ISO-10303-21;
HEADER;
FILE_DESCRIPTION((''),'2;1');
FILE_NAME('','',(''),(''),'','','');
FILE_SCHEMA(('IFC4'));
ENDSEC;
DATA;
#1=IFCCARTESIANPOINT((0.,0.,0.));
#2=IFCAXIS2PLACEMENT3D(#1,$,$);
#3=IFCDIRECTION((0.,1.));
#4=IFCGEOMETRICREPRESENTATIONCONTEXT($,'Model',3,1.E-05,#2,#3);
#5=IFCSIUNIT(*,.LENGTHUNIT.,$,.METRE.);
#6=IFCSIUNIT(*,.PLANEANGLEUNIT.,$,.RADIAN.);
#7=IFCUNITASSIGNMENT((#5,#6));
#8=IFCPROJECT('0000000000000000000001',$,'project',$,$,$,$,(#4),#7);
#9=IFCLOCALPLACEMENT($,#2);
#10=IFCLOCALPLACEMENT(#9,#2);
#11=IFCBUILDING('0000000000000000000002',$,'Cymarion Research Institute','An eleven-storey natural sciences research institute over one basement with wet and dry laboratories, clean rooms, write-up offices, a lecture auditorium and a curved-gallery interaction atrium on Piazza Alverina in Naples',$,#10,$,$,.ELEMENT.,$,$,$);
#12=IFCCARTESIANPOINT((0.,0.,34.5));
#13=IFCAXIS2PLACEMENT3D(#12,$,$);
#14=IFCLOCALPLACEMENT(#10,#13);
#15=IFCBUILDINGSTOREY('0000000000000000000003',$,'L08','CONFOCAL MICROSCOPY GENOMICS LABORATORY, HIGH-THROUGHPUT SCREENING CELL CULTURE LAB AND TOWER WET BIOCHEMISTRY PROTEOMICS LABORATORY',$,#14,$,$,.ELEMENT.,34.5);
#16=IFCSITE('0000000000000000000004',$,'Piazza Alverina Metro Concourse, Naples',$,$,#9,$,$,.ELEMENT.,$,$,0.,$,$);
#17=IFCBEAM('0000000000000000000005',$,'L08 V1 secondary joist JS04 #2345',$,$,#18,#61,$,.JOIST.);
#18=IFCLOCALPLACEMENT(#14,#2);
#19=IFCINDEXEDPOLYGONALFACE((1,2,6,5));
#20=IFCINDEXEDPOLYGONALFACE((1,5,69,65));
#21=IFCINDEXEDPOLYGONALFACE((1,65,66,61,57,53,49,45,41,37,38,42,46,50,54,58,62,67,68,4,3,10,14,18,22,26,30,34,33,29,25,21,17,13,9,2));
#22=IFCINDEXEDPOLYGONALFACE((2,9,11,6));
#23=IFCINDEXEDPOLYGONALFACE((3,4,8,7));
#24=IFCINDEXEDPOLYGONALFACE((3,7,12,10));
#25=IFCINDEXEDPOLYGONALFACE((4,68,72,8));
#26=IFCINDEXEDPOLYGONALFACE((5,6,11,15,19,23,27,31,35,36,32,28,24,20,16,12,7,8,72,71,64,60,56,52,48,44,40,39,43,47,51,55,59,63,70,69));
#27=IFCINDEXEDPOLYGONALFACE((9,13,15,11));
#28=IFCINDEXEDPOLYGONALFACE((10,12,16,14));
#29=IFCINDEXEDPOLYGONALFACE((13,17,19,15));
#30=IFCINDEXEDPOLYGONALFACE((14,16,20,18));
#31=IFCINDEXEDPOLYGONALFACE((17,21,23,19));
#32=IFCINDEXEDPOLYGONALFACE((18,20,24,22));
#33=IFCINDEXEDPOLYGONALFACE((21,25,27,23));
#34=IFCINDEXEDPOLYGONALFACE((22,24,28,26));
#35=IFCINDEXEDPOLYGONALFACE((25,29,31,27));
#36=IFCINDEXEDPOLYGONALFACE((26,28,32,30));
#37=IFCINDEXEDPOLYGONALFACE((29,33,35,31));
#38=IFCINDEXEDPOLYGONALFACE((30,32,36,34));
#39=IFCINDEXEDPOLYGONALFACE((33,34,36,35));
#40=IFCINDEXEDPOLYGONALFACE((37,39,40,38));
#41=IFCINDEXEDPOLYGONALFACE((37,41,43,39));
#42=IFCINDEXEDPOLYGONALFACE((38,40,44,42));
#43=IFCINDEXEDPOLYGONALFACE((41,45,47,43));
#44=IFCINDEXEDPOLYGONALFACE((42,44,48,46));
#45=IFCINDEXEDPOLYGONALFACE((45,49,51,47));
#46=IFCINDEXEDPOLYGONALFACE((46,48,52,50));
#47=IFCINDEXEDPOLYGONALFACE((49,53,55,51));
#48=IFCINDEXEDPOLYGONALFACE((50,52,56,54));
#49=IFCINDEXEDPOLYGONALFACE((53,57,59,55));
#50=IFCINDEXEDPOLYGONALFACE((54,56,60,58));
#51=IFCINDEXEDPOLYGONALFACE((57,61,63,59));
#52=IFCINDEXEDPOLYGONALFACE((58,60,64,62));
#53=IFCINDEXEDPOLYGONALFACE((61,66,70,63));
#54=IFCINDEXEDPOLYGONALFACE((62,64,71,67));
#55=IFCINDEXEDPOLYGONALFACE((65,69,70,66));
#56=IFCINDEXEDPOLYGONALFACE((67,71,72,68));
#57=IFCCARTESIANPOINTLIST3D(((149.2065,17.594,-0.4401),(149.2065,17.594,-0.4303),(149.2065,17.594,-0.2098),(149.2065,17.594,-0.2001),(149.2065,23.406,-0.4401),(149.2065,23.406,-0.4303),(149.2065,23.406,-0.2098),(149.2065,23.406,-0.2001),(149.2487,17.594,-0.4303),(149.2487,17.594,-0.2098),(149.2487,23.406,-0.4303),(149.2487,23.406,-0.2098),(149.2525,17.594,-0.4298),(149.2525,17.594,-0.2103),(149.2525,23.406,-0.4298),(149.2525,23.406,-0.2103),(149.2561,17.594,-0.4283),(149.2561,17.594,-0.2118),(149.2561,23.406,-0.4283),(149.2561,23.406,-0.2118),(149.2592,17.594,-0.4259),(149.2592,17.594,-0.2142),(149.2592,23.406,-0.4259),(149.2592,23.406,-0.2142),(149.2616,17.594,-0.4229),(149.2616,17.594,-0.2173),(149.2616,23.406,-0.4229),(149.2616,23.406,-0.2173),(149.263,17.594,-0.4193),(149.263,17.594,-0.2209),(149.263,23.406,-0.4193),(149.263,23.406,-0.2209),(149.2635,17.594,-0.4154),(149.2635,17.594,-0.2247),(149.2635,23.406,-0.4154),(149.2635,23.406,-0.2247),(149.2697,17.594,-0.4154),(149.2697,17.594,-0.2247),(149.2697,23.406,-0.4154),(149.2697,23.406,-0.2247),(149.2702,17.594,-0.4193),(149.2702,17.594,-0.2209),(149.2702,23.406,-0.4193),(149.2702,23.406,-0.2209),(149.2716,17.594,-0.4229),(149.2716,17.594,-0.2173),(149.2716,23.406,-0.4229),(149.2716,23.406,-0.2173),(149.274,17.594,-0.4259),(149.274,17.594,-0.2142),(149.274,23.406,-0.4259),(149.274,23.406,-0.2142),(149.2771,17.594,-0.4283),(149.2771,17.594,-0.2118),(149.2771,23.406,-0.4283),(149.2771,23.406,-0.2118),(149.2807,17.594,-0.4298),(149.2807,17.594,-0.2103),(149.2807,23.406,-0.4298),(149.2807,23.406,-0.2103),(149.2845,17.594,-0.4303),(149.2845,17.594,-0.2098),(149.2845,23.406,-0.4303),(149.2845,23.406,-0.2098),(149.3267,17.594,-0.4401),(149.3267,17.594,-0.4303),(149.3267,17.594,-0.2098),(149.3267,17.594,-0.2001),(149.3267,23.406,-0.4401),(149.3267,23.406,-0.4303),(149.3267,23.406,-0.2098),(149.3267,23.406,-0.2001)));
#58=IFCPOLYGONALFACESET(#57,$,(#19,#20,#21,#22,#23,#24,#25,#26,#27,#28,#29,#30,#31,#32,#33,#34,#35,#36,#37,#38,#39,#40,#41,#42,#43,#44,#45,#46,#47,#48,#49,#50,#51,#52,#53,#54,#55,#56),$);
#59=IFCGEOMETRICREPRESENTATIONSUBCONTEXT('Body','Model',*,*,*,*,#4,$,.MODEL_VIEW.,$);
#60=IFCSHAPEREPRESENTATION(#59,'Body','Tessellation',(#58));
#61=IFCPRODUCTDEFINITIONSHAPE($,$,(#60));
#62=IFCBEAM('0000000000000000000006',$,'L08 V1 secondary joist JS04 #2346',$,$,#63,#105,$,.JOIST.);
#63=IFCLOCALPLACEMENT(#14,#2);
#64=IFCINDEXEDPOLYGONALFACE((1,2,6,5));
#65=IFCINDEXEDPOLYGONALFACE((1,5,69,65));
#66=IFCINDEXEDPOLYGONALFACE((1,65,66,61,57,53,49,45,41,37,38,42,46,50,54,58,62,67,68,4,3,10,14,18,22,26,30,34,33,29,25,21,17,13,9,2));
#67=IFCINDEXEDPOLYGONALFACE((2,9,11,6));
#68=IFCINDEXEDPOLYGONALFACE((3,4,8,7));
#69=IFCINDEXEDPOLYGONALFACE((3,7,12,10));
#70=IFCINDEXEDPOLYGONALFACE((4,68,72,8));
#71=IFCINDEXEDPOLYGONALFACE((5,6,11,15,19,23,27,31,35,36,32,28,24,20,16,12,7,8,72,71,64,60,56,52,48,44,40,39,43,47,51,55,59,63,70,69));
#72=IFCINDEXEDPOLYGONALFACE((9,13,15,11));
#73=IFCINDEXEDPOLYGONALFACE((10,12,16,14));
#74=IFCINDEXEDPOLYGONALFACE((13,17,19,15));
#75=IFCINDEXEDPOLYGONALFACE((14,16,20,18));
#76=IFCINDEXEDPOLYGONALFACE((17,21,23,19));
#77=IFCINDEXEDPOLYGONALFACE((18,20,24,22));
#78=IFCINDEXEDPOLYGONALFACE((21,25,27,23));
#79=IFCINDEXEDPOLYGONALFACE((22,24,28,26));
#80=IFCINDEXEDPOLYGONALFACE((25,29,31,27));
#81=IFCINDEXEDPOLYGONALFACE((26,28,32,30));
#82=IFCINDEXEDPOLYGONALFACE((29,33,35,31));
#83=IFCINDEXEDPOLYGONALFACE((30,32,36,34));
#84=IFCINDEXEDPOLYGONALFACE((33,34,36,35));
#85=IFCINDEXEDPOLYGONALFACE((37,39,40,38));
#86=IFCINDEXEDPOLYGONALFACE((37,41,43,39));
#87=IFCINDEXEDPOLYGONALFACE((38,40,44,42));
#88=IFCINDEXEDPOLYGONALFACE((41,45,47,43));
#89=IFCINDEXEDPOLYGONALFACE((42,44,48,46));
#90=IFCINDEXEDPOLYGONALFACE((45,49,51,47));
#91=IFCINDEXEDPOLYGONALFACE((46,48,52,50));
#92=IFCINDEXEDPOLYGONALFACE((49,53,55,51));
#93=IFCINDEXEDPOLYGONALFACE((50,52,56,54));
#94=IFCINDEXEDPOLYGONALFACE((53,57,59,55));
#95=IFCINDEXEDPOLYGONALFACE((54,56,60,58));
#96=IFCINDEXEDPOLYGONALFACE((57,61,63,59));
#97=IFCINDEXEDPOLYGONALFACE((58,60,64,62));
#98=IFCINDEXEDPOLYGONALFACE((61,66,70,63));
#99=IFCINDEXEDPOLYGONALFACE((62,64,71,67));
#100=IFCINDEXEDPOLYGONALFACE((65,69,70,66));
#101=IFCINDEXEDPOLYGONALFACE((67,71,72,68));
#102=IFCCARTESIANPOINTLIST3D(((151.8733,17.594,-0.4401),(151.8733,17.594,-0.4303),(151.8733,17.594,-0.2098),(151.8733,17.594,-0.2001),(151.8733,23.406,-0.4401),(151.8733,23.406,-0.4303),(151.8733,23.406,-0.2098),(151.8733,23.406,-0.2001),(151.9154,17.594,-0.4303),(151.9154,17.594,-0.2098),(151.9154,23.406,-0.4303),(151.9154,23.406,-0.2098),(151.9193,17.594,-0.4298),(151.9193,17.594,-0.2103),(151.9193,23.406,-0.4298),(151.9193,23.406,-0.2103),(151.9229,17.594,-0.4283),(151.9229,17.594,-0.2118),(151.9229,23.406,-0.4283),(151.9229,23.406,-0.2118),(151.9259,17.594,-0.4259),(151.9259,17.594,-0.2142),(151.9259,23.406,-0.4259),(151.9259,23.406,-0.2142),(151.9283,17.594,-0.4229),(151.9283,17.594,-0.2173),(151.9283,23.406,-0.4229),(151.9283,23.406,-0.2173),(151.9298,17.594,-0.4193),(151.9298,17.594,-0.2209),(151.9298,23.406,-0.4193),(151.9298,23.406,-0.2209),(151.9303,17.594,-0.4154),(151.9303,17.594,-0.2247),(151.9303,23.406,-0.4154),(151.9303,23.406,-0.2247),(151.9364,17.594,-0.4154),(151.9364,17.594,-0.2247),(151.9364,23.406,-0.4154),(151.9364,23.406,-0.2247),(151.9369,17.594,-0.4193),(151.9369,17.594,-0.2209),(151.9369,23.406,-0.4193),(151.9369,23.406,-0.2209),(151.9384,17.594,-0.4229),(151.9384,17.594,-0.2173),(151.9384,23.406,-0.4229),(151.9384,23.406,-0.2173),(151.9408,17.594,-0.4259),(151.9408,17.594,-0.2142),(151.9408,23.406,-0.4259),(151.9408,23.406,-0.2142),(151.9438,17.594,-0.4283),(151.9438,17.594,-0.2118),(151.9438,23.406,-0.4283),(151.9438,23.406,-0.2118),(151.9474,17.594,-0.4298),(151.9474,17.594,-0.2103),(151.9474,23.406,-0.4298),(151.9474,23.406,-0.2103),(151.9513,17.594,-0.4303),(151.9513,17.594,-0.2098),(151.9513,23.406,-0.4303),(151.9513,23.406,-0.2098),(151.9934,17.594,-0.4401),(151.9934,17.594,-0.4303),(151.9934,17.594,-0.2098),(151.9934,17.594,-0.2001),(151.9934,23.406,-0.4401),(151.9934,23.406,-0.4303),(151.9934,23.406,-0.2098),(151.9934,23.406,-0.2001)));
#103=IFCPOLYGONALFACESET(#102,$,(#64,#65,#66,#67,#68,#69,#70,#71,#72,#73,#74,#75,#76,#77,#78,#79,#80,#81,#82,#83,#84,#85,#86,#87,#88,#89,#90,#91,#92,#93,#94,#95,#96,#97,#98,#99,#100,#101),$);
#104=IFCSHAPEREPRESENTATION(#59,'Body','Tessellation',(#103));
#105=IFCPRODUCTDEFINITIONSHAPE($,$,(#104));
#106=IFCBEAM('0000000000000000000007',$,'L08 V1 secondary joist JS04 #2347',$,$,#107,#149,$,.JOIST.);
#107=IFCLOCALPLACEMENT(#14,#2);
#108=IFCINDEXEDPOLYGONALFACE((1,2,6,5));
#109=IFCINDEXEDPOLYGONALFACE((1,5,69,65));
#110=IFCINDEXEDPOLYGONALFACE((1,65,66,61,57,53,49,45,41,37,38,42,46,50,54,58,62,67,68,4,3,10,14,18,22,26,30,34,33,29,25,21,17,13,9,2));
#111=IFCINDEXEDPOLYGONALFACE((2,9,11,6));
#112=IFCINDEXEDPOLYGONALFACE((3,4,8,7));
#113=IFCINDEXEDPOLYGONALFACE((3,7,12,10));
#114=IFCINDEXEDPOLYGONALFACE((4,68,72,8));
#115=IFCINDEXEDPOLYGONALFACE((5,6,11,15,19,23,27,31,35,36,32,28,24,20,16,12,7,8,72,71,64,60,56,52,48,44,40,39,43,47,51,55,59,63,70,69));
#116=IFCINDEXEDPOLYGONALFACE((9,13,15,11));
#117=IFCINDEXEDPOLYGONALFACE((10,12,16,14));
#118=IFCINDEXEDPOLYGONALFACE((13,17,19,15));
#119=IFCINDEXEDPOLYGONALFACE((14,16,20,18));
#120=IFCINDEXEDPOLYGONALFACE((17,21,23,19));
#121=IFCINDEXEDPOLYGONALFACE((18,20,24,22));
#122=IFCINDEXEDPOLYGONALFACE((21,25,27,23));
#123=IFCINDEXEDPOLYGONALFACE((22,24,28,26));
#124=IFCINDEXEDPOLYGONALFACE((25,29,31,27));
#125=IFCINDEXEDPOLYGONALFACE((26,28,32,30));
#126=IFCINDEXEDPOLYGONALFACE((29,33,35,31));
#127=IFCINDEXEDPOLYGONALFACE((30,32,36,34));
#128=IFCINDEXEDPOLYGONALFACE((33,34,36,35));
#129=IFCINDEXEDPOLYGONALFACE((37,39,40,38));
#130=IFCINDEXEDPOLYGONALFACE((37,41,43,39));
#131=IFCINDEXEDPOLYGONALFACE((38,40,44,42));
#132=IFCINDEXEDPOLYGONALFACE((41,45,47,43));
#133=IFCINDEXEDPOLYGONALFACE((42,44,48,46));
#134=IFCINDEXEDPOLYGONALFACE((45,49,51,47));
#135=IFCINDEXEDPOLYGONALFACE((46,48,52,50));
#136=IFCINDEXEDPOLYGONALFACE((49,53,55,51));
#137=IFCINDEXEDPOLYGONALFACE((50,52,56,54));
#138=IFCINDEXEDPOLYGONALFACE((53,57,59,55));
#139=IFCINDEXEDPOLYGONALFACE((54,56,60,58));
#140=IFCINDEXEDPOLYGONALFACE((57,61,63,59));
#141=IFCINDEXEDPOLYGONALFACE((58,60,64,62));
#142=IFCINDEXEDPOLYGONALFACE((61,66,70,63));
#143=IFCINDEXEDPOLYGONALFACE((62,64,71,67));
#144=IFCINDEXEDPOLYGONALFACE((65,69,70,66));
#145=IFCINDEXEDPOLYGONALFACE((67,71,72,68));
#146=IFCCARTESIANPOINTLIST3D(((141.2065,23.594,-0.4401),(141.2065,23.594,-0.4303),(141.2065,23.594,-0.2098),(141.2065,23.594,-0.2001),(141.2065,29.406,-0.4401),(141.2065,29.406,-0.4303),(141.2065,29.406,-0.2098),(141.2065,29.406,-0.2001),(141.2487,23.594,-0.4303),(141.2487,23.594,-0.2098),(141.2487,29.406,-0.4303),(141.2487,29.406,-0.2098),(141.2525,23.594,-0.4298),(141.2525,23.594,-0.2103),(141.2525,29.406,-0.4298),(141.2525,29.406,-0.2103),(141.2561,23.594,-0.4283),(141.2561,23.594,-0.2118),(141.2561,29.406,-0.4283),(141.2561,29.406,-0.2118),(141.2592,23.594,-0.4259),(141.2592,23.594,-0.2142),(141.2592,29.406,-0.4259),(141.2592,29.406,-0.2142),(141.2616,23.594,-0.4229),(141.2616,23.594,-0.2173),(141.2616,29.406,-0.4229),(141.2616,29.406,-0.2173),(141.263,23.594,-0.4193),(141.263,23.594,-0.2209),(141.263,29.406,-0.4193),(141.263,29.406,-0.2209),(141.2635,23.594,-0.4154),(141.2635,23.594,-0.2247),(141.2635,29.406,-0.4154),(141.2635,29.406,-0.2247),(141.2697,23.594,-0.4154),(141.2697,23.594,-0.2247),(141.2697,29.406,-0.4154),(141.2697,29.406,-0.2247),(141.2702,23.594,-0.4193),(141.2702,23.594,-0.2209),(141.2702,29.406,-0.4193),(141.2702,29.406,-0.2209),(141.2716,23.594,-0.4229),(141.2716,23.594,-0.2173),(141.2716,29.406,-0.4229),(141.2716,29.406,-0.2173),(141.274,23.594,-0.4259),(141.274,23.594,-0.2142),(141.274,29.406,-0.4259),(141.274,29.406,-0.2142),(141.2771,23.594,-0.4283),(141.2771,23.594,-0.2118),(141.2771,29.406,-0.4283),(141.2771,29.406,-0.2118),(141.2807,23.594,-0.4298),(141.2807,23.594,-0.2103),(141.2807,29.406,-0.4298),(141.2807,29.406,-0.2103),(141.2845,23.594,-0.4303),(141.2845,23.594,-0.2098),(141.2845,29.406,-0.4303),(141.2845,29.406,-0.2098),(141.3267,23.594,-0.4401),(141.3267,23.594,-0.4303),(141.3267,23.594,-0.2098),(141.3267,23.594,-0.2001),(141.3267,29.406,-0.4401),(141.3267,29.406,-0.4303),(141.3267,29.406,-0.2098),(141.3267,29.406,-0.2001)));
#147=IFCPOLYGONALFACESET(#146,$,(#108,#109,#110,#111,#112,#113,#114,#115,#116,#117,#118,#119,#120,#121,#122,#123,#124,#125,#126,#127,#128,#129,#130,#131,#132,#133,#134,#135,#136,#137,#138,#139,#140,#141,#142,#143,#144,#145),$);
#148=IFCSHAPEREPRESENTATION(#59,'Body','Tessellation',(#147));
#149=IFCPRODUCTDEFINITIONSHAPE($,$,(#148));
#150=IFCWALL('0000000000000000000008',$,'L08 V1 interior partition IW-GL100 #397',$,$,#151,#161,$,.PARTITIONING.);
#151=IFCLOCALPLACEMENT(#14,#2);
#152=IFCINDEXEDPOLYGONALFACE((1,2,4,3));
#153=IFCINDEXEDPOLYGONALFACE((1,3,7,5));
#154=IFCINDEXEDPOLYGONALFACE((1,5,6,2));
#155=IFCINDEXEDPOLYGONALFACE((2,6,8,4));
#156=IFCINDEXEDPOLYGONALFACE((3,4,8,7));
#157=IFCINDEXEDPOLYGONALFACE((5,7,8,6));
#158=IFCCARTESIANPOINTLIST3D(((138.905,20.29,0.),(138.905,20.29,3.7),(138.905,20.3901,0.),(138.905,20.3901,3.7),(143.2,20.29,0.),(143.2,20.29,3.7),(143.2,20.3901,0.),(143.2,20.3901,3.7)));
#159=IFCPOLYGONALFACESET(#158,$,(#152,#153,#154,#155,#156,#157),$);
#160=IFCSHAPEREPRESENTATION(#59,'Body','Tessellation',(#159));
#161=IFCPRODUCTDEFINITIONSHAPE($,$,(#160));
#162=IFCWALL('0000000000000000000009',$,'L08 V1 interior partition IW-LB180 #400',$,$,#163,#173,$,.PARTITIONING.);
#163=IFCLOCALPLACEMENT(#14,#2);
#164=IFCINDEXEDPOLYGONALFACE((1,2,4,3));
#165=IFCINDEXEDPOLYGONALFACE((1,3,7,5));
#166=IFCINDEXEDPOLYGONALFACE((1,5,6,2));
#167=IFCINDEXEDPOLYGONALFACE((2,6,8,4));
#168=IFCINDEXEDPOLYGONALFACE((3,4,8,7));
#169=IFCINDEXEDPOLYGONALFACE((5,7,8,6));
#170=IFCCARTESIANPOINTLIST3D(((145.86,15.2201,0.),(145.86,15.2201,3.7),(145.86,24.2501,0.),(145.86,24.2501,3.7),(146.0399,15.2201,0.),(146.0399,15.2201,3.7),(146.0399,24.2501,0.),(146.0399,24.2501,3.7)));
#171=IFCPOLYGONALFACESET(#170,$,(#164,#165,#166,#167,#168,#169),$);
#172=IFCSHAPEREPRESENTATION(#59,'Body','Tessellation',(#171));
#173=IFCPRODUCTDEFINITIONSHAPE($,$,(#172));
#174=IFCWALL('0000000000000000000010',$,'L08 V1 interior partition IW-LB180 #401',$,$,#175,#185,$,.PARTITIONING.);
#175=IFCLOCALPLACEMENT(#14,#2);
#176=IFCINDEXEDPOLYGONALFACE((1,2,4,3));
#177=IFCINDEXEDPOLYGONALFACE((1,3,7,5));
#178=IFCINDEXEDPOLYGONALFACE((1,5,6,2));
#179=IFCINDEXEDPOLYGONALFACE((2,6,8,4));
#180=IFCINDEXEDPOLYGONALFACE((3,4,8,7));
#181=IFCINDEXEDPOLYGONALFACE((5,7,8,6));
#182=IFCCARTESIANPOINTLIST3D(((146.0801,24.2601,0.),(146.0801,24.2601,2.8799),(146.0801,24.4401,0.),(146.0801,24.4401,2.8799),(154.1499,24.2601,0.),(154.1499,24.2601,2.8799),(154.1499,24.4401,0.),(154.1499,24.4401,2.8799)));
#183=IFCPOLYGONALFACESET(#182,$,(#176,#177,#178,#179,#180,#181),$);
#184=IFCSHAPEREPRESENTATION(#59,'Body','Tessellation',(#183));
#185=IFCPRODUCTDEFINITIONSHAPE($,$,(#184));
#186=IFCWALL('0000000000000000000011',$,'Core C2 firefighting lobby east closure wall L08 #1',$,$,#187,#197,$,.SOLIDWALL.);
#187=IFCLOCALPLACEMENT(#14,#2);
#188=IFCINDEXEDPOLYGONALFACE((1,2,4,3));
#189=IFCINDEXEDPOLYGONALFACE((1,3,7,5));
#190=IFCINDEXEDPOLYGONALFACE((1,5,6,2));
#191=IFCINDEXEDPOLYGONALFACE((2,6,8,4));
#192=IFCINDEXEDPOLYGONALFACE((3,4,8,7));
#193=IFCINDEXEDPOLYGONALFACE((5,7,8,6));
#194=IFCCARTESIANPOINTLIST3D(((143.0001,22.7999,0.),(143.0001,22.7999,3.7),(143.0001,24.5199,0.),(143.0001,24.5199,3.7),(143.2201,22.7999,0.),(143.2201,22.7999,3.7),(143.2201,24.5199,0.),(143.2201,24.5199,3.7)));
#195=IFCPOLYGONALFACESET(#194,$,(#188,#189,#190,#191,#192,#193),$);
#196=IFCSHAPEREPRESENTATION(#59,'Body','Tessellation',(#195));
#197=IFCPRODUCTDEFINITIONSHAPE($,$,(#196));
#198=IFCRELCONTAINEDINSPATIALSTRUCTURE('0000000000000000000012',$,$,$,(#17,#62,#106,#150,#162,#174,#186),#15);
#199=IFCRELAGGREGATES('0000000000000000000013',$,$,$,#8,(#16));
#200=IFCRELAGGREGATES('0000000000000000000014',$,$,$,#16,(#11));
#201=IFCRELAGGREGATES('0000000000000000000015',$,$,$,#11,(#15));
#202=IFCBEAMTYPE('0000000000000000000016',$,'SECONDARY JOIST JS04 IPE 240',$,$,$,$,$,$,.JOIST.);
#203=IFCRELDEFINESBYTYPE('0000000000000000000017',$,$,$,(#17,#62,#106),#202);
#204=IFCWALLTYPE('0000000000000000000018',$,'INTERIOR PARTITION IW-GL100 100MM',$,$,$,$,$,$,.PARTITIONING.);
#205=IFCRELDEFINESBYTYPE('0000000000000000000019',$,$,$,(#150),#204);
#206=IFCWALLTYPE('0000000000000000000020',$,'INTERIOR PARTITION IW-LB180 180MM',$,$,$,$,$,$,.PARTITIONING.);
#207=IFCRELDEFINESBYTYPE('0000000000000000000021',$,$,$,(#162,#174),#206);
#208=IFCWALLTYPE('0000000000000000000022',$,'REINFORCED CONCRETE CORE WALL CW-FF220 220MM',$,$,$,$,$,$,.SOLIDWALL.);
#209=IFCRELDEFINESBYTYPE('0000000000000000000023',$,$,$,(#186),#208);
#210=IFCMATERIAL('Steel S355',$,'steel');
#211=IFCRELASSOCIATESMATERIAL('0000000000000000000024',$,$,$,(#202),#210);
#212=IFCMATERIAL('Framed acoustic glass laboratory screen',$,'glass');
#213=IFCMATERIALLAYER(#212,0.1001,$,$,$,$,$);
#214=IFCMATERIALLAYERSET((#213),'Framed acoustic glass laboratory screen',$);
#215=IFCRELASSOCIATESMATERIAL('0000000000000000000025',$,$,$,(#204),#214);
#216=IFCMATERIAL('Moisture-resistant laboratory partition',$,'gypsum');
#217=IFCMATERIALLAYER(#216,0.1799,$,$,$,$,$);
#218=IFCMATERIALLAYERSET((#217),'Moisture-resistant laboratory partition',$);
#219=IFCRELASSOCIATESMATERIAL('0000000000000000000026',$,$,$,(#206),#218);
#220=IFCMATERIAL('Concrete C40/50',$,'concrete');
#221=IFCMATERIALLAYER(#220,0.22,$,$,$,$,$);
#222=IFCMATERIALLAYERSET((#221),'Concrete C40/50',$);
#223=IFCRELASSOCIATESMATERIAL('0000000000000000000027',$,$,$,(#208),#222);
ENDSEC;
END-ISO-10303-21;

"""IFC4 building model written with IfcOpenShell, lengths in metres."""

from ifc_helpers import new_model, si_unit, direction, frame, frame_2d, origin, origin_2d, place, context, subcontext, project, spatial, rectangle, i_section, extrude, material, layer, layer_set, material_profile, profile_set, type_object, element, save


model = new_model("IFC4")

# Units and contexts
model_context = context("Model", 3, precision=1e-05, world=origin(), true_north=direction((0.0, 1.0)))
body_context = subcontext(model_context, "Body", "Model", "MODEL_VIEW")
ifc_project = project(units=[si_unit("LENGTHUNIT", "METRE"), si_unit("PLANEANGLEUNIT", "RADIAN")], contexts=[model_context])

# Site, building, storey
site_placement = place(None, origin())
site = spatial("IfcSite", under=ifc_project, at=site_placement, Name="Piazza Alverina Metro Concourse, Naples", CompositionType="ELEMENT", RefElevation=0.0)
building_placement = place(site_placement, origin())
building = spatial("IfcBuilding", under=site, at=building_placement, Name="Cymarion Research Institute", Description="An eleven-storey natural sciences research institute over one basement with wet and dry laboratories, clean rooms, write-up offices, a lecture auditorium and a curved-gallery interaction atrium on Piazza Alverina in Naples", CompositionType="ELEMENT")
storey_placement = place(building_placement, frame((0.0, 0.0, 34.5)))
storey = spatial("IfcBuildingStorey", under=building, at=storey_placement, Name="L08", Description="CONFOCAL MICROSCOPY GENOMICS LABORATORY, HIGH-THROUGHPUT SCREENING CELL CULTURE LAB AND TOWER WET BIOCHEMISTRY PROTEOMICS LABORATORY", CompositionType="ELEMENT", Elevation=34.5)

# Shared definitions
ifc_material_1 = material(Name="Steel S355", Category="steel")

# Beams
ifc_material_profile_1 = material_profile(ifc_material_1, i_section(OverallWidth=0.1201, OverallDepth=0.24, WebThickness=0.0061, FlangeThickness=0.0098, FilletRadius=0.0149, at=origin_2d()), Name="IPE 240")
ifc_profile_set_1 = profile_set([ifc_material_profile_1], Name="Steel S355")
beam_type_1 = type_object("IfcBeamType", Name="SECONDARY JOIST JS04 IPE 240", PredefinedType="JOIST", material=ifc_profile_set_1)
for number, where, z_axis, x_axis, name in (
    (1, (149.2666, 17.594, -0.3201), (0.0, 1.0, 0.0), (-1.0, 0.0, 0.0), "L08 V1 secondary joist JS04 #2345"),
    (2, (151.9333, 17.594, -0.3201), (0.0, 1.0, 0.0), (-1.0, 0.0, 0.0), "L08 V1 secondary joist JS04 #2346"),
    (3, (141.2666, 23.594, -0.3201), (0.0, 1.0, 0.0), (-1.0, 0.0, 0.0), "L08 V1 secondary joist JS04 #2347"),
):
    element("IfcBeam", number, at=place(storey_placement, frame(where, z_axis=z_axis, x_axis=x_axis)), inside=storey, type_object=beam_type_1, Name=name, PredefinedType="JOIST", context=body_context, shape_type="SweptSolid", body=[
        extrude(i_section(OverallWidth=0.1201, OverallDepth=0.24, WebThickness=0.0061, FlangeThickness=0.0098, FilletRadius=0.0149, at=origin_2d()), origin(), (0.0, 0.0, 1.0), 5.812),
    ])

# Walls
ifc_material_2 = material(Name="Framed acoustic glass laboratory screen", Category="glass")
ifc_layer_1 = layer(ifc_material_2, 0.1001)
ifc_layer_set_1 = layer_set([ifc_layer_1], Name="Framed acoustic glass laboratory screen")
wall_type_1 = type_object("IfcWallType", Name="INTERIOR PARTITION IW-GL100 100MM", PredefinedType="PARTITIONING", material=ifc_layer_set_1)
wall_1_placement = place(storey_placement, frame((138.905, 20.3401, 0.0), z_axis=(0.0, 0.0, 1.0), x_axis=(1.0, 0.0, 0.0)))
element("IfcWall", 4, at=wall_1_placement, inside=storey, type_object=wall_type_1, Name="L08 V1 interior partition IW-GL100 #397", PredefinedType="PARTITIONING", context=body_context, shape_type="SweptSolid", body=[
    extrude(rectangle(XDim=4.2949, YDim=0.1001, at=frame_2d((2.1475, 0.0))), origin(), (0.0, 0.0, 1.0), 3.7),
])
ifc_material_3 = material(Name="Moisture-resistant laboratory partition", Category="gypsum")
ifc_layer_2 = layer(ifc_material_3, 0.1799)
ifc_layer_set_2 = layer_set([ifc_layer_2], Name="Moisture-resistant laboratory partition")
wall_type_2 = type_object("IfcWallType", Name="INTERIOR PARTITION IW-LB180 180MM", PredefinedType="PARTITIONING", material=ifc_layer_set_2)
wall_2_placement = place(storey_placement, frame((145.95, 15.22, 0.0), z_axis=(0.0, 0.0, 1.0), x_axis=(0.0, 1.0, 0.0)))
element("IfcWall", 5, at=wall_2_placement, inside=storey, type_object=wall_type_2, Name="L08 V1 interior partition IW-LB180 #400", PredefinedType="PARTITIONING", context=body_context, shape_type="SweptSolid", body=[
    extrude(rectangle(XDim=9.03, YDim=0.1799, at=frame_2d((4.5151, 0.0))), origin(), (0.0, 0.0, 1.0), 3.7),
])
wall_3_placement = place(storey_placement, frame((146.0801, 24.3501, 0.0), z_axis=(0.0, 0.0, 1.0), x_axis=(1.0, 0.0, 0.0)))
element("IfcWall", 6, at=wall_3_placement, inside=storey, type_object=wall_type_2, Name="L08 V1 interior partition IW-LB180 #401", PredefinedType="PARTITIONING", context=body_context, shape_type="SweptSolid", body=[
    extrude(rectangle(XDim=8.0698, YDim=0.1799, at=frame_2d((4.0349, 0.0))), origin(), (0.0, 0.0, 1.0), 2.8799),
])

# Shared definitions
ifc_material_4 = material(Name="Concrete C40/50", Category="concrete")
ifc_layer_3 = layer(ifc_material_4, 0.22)
ifc_layer_set_3 = layer_set([ifc_layer_3], Name="Concrete C40/50")
wall_type_3 = type_object("IfcWallType", Name="REINFORCED CONCRETE CORE WALL CW-FF220 220MM", PredefinedType="SOLIDWALL", material=ifc_layer_set_3)

# Wall
wall_4_placement = place(storey_placement, frame((143.1101, 22.8, 0.0), z_axis=(0.0, 0.0, 1.0), x_axis=(0.0, 1.0, 0.0)))
element("IfcWall", 7, at=wall_4_placement, inside=storey, type_object=wall_type_3, Name="Core C2 firefighting lobby east closure wall L08 #1", PredefinedType="SOLIDWALL", context=body_context, shape_type="SweptSolid", body=[
    extrude(rectangle(XDim=1.72, YDim=0.22, at=frame_2d((0.8599, 0.0))), origin(), (0.0, 0.0, 1.0), 3.7),
])

save(model, "model.ifc")
